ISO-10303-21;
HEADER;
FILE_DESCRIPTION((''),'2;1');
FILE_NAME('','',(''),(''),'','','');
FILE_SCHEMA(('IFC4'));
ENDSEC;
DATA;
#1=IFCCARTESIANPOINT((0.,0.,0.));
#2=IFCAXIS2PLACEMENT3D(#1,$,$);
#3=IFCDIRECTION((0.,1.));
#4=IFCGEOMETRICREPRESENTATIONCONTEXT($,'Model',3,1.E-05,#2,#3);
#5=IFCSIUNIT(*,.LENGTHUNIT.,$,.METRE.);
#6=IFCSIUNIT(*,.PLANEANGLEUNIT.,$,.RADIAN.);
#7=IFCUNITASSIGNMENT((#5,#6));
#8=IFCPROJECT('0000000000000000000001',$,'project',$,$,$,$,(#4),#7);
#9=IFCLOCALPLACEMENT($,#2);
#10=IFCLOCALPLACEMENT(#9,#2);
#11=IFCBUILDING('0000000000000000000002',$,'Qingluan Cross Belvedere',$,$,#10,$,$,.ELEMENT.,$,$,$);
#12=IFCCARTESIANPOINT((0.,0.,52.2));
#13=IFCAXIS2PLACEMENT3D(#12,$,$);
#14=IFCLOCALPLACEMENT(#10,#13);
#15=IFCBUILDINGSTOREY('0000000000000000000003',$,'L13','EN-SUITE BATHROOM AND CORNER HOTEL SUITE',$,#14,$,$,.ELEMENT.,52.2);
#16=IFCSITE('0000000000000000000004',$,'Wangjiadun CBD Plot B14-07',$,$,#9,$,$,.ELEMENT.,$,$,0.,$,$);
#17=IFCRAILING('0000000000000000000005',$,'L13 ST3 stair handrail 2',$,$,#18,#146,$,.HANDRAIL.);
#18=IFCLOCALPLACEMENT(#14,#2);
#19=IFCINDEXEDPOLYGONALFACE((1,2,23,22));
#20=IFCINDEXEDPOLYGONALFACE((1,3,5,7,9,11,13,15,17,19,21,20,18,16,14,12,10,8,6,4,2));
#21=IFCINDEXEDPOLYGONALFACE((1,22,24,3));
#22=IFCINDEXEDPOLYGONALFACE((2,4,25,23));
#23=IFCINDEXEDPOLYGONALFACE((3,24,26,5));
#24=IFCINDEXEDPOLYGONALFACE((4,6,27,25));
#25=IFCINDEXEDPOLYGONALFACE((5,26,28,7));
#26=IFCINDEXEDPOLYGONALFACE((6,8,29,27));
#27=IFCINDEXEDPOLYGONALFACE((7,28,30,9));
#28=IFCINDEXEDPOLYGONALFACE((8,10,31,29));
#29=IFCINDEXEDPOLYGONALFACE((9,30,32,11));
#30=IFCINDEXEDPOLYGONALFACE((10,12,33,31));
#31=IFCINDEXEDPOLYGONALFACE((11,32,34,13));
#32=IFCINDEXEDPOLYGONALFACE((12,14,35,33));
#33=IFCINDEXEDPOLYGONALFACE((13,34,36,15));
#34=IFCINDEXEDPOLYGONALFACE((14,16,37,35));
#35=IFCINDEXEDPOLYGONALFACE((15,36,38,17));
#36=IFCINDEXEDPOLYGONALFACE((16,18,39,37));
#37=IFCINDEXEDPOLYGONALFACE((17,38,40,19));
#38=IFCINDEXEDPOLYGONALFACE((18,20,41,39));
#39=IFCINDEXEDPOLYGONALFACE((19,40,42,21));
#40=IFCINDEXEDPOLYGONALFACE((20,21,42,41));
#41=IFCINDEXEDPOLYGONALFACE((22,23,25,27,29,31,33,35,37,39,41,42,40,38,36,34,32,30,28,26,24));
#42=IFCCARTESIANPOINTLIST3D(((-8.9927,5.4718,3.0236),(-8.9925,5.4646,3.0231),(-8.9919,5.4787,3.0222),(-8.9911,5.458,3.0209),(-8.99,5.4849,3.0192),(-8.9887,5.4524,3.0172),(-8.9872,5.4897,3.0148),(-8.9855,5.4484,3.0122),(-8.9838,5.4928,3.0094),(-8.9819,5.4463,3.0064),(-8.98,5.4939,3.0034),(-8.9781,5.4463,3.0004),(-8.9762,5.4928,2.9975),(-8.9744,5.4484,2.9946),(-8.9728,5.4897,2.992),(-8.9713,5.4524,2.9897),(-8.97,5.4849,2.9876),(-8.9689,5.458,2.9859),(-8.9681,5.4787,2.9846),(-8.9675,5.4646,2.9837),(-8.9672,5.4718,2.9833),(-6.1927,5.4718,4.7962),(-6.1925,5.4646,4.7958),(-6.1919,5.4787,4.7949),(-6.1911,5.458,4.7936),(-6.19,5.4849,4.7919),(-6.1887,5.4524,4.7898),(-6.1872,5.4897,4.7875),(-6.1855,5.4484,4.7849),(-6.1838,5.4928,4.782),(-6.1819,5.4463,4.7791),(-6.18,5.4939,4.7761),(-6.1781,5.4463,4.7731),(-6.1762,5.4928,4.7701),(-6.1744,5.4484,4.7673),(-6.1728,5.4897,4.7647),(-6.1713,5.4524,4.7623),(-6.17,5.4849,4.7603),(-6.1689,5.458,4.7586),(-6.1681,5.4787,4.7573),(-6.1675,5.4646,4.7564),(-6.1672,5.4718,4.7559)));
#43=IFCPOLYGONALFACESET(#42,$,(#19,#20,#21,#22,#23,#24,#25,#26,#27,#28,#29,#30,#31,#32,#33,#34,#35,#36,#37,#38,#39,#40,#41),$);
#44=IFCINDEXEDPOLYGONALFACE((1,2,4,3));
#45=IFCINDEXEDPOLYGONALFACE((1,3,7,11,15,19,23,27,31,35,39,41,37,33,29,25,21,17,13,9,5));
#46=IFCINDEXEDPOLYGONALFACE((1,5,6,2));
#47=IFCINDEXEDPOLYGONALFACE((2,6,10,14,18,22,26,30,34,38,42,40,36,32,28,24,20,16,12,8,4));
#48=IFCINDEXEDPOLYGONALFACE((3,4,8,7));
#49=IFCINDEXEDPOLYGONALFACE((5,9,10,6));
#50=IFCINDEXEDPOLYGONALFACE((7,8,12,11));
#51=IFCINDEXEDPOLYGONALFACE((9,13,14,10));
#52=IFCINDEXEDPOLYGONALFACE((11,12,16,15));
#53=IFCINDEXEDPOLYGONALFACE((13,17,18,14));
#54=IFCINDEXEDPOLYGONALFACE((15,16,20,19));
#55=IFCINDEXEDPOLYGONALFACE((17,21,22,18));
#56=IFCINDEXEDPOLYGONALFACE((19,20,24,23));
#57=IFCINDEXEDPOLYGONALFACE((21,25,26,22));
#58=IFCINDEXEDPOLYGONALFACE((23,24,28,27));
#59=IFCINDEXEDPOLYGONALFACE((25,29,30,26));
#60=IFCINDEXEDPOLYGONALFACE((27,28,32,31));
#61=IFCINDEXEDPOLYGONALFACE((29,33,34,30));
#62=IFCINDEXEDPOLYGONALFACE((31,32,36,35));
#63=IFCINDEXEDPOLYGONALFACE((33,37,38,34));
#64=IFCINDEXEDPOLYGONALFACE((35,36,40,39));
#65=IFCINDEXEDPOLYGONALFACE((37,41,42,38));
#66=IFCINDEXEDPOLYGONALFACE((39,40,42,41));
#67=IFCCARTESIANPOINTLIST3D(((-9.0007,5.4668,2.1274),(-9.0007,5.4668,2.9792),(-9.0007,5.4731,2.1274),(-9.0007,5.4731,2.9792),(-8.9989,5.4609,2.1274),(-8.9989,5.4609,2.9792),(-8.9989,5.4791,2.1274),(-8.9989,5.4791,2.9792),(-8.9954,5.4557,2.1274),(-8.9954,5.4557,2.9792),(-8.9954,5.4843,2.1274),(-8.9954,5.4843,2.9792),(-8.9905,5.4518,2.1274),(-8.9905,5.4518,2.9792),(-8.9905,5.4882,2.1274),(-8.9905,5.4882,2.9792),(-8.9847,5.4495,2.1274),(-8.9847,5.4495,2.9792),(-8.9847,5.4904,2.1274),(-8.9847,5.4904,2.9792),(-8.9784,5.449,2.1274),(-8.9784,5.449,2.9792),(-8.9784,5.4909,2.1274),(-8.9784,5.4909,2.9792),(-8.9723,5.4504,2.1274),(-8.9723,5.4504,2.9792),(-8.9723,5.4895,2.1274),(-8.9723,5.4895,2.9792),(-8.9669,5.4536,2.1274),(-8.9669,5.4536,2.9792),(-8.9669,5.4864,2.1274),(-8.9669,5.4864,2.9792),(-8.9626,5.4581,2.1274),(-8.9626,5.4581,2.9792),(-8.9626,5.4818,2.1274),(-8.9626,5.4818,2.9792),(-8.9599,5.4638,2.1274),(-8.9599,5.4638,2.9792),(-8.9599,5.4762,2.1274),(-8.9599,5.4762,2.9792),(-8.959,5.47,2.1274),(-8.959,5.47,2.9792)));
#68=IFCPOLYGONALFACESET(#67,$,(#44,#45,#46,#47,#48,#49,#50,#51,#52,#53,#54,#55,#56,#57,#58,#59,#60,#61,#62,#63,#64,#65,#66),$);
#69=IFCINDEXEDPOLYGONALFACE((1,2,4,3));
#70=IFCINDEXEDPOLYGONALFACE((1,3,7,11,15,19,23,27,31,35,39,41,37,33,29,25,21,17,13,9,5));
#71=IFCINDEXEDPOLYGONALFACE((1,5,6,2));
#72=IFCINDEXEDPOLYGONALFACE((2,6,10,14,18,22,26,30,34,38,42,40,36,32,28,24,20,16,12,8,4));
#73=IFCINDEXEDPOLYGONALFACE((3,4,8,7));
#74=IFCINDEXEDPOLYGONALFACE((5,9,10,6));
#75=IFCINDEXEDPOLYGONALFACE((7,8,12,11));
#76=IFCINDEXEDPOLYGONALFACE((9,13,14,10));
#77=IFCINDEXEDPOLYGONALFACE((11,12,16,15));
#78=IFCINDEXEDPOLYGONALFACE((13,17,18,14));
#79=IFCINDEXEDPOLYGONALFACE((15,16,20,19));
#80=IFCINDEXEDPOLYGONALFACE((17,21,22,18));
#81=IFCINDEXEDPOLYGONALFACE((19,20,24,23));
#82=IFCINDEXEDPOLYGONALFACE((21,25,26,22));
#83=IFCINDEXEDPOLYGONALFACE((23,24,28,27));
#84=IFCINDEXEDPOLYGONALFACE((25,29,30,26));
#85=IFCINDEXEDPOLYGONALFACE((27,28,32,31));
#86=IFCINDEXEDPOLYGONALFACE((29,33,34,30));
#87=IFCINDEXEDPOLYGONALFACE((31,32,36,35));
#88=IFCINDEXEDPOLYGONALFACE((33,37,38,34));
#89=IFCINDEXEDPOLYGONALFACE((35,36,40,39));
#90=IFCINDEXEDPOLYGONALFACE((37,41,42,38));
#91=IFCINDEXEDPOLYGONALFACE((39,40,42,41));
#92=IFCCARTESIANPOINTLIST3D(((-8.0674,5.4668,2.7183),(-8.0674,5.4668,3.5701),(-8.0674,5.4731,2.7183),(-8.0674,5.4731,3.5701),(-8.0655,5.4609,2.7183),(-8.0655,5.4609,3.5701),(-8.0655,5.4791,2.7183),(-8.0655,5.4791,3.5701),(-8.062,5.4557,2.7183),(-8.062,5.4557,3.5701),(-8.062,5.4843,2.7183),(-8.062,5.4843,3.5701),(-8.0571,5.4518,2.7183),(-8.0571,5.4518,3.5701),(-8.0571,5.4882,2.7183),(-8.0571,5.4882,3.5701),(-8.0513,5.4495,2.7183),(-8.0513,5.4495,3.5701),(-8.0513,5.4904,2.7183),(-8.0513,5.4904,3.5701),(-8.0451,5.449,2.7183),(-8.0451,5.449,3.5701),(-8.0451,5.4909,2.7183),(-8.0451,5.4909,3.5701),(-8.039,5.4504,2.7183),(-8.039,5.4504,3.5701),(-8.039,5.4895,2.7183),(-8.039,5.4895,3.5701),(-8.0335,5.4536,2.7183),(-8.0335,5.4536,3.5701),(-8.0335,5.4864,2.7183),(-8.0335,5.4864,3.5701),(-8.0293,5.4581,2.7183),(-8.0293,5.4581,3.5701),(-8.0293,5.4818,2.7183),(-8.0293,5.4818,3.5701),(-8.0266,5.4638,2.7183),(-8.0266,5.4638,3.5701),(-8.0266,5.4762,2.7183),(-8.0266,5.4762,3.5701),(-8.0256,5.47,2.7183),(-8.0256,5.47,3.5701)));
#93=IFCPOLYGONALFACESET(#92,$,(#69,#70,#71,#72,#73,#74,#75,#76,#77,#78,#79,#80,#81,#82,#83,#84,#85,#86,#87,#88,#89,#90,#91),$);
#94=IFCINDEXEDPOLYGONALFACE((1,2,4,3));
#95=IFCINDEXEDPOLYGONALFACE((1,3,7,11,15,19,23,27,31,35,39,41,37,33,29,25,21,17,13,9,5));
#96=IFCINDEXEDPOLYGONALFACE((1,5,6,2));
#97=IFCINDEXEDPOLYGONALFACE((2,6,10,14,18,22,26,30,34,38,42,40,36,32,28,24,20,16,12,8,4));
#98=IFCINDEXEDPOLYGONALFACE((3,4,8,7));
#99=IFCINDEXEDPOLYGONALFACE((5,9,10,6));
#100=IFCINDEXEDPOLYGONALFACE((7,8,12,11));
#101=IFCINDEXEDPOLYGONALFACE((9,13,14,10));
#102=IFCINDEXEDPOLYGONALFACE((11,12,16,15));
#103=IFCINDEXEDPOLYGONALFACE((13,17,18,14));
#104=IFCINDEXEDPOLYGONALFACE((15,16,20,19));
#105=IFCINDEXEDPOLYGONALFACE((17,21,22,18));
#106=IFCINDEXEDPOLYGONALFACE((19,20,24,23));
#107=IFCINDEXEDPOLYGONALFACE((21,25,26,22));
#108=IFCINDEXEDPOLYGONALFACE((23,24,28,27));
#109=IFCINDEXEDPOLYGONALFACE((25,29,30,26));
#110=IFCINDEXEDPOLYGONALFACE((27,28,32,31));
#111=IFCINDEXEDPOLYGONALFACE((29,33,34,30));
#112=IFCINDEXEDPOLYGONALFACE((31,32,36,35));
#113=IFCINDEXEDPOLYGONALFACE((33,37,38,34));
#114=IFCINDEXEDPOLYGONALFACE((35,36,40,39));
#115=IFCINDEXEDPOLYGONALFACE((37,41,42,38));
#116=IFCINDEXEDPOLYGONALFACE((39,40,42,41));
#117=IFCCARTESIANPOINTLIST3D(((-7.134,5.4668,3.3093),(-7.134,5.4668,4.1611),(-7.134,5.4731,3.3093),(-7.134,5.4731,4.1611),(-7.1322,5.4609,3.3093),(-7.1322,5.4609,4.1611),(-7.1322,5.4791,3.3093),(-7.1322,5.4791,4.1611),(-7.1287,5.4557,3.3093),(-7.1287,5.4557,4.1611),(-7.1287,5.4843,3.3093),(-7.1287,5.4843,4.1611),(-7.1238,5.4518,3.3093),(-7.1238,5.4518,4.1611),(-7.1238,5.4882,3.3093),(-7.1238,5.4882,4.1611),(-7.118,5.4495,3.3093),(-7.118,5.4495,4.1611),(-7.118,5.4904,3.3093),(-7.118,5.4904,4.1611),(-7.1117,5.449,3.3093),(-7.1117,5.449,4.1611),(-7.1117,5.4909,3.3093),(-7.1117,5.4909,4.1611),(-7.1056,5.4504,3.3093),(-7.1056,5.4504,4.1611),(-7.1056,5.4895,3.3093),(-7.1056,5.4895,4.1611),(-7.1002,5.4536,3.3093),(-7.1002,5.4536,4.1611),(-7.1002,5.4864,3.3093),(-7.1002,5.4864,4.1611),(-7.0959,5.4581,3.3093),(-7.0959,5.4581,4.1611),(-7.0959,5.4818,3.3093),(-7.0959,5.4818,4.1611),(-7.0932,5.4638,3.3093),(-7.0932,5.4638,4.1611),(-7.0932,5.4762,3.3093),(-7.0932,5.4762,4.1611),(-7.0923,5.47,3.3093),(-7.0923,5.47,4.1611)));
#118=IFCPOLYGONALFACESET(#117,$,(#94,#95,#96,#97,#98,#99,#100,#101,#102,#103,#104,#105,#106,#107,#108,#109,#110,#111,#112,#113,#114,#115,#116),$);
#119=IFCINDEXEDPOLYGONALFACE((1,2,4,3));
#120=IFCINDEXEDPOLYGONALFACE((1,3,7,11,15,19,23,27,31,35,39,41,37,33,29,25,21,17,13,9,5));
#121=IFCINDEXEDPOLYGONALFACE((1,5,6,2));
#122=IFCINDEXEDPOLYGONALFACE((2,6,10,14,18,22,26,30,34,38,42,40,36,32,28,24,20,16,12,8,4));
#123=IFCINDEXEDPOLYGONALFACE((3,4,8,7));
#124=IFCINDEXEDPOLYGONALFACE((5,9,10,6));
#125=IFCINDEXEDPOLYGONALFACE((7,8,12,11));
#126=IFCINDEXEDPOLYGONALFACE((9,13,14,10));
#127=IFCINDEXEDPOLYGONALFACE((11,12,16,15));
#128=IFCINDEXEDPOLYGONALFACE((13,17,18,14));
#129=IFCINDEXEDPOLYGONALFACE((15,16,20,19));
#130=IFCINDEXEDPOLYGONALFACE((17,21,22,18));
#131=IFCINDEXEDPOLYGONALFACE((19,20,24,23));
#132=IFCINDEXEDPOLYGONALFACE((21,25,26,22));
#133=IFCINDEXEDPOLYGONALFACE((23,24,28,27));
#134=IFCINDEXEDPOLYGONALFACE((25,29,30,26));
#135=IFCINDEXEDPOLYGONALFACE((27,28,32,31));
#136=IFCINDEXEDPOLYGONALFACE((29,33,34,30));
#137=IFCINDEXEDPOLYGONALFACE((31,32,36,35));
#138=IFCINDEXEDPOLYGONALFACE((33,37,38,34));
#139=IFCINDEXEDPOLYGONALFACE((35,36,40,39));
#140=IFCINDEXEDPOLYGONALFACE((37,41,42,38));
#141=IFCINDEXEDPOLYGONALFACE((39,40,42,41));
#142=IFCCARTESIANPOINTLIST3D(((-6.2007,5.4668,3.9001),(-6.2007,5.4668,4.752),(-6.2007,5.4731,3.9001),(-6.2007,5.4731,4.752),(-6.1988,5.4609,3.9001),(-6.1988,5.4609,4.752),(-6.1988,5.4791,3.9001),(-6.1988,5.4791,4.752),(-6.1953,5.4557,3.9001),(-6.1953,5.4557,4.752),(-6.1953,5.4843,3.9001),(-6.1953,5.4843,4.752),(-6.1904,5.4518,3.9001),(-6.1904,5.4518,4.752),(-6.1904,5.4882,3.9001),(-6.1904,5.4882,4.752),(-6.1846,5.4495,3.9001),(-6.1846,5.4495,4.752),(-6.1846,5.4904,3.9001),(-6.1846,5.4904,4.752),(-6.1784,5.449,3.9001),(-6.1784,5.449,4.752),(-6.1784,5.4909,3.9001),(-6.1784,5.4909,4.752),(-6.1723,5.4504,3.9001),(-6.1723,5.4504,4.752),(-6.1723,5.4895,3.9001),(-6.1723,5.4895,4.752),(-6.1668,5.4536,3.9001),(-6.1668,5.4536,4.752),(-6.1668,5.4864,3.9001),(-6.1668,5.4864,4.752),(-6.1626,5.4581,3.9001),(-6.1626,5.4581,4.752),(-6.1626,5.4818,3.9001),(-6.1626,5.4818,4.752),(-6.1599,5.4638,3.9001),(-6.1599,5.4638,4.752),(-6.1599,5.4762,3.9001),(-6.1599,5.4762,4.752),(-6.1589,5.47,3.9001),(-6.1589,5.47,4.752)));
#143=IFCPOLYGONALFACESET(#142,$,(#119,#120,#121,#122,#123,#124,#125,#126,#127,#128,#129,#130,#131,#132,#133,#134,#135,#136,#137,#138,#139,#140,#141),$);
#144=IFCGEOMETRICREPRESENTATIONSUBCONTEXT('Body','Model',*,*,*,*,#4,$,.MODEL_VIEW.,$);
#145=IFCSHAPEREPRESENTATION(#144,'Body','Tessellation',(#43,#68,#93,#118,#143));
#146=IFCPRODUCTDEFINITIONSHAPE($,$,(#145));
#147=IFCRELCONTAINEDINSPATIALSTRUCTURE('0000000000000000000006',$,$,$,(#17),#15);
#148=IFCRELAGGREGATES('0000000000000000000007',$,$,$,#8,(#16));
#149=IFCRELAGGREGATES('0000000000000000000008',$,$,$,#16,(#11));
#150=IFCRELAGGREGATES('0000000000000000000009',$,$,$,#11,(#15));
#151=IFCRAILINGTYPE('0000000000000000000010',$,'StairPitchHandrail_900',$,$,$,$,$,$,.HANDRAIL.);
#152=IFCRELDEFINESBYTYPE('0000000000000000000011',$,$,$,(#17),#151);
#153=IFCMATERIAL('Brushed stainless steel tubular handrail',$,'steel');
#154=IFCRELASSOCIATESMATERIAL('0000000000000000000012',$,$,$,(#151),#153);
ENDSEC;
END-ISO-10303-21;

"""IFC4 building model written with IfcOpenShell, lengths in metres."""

from ifc_helpers import new_model, si_unit, direction, frame, origin, origin_2d, place, context, subcontext, project, spatial, circle, extrude, material, type_object, element, save


model = new_model("IFC4")

# Units and contexts
model_context = context("Model", 3, precision=1e-05, world=origin(), true_north=direction((0.0, 1.0)))
body_context = subcontext(model_context, "Body", "Model", "MODEL_VIEW")
ifc_project = project(units=[si_unit("LENGTHUNIT", "METRE"), si_unit("PLANEANGLEUNIT", "RADIAN")], contexts=[model_context])

# Site, building, storey
site_placement = place(None, origin())
site = spatial("IfcSite", under=ifc_project, at=site_placement, Name="Wangjiadun CBD Plot B14-07", CompositionType="ELEMENT", RefElevation=0.0)
building_placement = place(site_placement, origin())
building = spatial("IfcBuilding", under=site, at=building_placement, Name="Qingluan Cross Belvedere", CompositionType="ELEMENT")
storey_placement = place(building_placement, frame((0.0, 0.0, 52.2)))
storey = spatial("IfcBuildingStorey", under=building, at=storey_placement, Name="L13", Description="EN-SUITE BATHROOM AND CORNER HOTEL SUITE", CompositionType="ELEMENT", Elevation=52.2)

# Railing
ifc_material_1 = material(Name="Brushed stainless steel tubular handrail", Category="steel")
railing_type_1 = type_object("IfcRailingType", Name="StairPitchHandrail_900", PredefinedType="HANDRAIL", material=ifc_material_1)
railing_1_placement = place(storey_placement, frame((-8.98, 5.47, 2.1274)))
element("IfcRailing", 1, at=railing_1_placement, inside=storey, type_object=railing_type_1, Name="L13 ST3 stair handrail 2", PredefinedType="HANDRAIL", context=body_context, shape_type="SweptSolid", body=[
    extrude(circle(Radius=0.0239, at=origin_2d()), frame((0.0, 0.0, 0.876), z_axis=(0.844909, 0.0, 0.53491), x_axis=(0.0, 1.0, 0.0)), (0.0, 0.0, 1.0), 3.314),
    extrude(circle(Radius=0.021, at=origin_2d()), origin(), (0.0, 0.0, 1.0), 0.8518),
    extrude(circle(Radius=0.021, at=origin_2d()), frame((0.9333, 0.0, 0.5908)), (0.0, 0.0, 1.0), 0.8518),
    extrude(circle(Radius=0.021, at=origin_2d()), frame((1.8667, 0.0, 1.1819)), (0.0, 0.0, 1.0), 0.8518),
    extrude(circle(Radius=0.021, at=origin_2d()), frame((2.8, 0.0, 1.7727)), (0.0, 0.0, 1.0), 0.8518),
])

save(model, "model.ifc")
